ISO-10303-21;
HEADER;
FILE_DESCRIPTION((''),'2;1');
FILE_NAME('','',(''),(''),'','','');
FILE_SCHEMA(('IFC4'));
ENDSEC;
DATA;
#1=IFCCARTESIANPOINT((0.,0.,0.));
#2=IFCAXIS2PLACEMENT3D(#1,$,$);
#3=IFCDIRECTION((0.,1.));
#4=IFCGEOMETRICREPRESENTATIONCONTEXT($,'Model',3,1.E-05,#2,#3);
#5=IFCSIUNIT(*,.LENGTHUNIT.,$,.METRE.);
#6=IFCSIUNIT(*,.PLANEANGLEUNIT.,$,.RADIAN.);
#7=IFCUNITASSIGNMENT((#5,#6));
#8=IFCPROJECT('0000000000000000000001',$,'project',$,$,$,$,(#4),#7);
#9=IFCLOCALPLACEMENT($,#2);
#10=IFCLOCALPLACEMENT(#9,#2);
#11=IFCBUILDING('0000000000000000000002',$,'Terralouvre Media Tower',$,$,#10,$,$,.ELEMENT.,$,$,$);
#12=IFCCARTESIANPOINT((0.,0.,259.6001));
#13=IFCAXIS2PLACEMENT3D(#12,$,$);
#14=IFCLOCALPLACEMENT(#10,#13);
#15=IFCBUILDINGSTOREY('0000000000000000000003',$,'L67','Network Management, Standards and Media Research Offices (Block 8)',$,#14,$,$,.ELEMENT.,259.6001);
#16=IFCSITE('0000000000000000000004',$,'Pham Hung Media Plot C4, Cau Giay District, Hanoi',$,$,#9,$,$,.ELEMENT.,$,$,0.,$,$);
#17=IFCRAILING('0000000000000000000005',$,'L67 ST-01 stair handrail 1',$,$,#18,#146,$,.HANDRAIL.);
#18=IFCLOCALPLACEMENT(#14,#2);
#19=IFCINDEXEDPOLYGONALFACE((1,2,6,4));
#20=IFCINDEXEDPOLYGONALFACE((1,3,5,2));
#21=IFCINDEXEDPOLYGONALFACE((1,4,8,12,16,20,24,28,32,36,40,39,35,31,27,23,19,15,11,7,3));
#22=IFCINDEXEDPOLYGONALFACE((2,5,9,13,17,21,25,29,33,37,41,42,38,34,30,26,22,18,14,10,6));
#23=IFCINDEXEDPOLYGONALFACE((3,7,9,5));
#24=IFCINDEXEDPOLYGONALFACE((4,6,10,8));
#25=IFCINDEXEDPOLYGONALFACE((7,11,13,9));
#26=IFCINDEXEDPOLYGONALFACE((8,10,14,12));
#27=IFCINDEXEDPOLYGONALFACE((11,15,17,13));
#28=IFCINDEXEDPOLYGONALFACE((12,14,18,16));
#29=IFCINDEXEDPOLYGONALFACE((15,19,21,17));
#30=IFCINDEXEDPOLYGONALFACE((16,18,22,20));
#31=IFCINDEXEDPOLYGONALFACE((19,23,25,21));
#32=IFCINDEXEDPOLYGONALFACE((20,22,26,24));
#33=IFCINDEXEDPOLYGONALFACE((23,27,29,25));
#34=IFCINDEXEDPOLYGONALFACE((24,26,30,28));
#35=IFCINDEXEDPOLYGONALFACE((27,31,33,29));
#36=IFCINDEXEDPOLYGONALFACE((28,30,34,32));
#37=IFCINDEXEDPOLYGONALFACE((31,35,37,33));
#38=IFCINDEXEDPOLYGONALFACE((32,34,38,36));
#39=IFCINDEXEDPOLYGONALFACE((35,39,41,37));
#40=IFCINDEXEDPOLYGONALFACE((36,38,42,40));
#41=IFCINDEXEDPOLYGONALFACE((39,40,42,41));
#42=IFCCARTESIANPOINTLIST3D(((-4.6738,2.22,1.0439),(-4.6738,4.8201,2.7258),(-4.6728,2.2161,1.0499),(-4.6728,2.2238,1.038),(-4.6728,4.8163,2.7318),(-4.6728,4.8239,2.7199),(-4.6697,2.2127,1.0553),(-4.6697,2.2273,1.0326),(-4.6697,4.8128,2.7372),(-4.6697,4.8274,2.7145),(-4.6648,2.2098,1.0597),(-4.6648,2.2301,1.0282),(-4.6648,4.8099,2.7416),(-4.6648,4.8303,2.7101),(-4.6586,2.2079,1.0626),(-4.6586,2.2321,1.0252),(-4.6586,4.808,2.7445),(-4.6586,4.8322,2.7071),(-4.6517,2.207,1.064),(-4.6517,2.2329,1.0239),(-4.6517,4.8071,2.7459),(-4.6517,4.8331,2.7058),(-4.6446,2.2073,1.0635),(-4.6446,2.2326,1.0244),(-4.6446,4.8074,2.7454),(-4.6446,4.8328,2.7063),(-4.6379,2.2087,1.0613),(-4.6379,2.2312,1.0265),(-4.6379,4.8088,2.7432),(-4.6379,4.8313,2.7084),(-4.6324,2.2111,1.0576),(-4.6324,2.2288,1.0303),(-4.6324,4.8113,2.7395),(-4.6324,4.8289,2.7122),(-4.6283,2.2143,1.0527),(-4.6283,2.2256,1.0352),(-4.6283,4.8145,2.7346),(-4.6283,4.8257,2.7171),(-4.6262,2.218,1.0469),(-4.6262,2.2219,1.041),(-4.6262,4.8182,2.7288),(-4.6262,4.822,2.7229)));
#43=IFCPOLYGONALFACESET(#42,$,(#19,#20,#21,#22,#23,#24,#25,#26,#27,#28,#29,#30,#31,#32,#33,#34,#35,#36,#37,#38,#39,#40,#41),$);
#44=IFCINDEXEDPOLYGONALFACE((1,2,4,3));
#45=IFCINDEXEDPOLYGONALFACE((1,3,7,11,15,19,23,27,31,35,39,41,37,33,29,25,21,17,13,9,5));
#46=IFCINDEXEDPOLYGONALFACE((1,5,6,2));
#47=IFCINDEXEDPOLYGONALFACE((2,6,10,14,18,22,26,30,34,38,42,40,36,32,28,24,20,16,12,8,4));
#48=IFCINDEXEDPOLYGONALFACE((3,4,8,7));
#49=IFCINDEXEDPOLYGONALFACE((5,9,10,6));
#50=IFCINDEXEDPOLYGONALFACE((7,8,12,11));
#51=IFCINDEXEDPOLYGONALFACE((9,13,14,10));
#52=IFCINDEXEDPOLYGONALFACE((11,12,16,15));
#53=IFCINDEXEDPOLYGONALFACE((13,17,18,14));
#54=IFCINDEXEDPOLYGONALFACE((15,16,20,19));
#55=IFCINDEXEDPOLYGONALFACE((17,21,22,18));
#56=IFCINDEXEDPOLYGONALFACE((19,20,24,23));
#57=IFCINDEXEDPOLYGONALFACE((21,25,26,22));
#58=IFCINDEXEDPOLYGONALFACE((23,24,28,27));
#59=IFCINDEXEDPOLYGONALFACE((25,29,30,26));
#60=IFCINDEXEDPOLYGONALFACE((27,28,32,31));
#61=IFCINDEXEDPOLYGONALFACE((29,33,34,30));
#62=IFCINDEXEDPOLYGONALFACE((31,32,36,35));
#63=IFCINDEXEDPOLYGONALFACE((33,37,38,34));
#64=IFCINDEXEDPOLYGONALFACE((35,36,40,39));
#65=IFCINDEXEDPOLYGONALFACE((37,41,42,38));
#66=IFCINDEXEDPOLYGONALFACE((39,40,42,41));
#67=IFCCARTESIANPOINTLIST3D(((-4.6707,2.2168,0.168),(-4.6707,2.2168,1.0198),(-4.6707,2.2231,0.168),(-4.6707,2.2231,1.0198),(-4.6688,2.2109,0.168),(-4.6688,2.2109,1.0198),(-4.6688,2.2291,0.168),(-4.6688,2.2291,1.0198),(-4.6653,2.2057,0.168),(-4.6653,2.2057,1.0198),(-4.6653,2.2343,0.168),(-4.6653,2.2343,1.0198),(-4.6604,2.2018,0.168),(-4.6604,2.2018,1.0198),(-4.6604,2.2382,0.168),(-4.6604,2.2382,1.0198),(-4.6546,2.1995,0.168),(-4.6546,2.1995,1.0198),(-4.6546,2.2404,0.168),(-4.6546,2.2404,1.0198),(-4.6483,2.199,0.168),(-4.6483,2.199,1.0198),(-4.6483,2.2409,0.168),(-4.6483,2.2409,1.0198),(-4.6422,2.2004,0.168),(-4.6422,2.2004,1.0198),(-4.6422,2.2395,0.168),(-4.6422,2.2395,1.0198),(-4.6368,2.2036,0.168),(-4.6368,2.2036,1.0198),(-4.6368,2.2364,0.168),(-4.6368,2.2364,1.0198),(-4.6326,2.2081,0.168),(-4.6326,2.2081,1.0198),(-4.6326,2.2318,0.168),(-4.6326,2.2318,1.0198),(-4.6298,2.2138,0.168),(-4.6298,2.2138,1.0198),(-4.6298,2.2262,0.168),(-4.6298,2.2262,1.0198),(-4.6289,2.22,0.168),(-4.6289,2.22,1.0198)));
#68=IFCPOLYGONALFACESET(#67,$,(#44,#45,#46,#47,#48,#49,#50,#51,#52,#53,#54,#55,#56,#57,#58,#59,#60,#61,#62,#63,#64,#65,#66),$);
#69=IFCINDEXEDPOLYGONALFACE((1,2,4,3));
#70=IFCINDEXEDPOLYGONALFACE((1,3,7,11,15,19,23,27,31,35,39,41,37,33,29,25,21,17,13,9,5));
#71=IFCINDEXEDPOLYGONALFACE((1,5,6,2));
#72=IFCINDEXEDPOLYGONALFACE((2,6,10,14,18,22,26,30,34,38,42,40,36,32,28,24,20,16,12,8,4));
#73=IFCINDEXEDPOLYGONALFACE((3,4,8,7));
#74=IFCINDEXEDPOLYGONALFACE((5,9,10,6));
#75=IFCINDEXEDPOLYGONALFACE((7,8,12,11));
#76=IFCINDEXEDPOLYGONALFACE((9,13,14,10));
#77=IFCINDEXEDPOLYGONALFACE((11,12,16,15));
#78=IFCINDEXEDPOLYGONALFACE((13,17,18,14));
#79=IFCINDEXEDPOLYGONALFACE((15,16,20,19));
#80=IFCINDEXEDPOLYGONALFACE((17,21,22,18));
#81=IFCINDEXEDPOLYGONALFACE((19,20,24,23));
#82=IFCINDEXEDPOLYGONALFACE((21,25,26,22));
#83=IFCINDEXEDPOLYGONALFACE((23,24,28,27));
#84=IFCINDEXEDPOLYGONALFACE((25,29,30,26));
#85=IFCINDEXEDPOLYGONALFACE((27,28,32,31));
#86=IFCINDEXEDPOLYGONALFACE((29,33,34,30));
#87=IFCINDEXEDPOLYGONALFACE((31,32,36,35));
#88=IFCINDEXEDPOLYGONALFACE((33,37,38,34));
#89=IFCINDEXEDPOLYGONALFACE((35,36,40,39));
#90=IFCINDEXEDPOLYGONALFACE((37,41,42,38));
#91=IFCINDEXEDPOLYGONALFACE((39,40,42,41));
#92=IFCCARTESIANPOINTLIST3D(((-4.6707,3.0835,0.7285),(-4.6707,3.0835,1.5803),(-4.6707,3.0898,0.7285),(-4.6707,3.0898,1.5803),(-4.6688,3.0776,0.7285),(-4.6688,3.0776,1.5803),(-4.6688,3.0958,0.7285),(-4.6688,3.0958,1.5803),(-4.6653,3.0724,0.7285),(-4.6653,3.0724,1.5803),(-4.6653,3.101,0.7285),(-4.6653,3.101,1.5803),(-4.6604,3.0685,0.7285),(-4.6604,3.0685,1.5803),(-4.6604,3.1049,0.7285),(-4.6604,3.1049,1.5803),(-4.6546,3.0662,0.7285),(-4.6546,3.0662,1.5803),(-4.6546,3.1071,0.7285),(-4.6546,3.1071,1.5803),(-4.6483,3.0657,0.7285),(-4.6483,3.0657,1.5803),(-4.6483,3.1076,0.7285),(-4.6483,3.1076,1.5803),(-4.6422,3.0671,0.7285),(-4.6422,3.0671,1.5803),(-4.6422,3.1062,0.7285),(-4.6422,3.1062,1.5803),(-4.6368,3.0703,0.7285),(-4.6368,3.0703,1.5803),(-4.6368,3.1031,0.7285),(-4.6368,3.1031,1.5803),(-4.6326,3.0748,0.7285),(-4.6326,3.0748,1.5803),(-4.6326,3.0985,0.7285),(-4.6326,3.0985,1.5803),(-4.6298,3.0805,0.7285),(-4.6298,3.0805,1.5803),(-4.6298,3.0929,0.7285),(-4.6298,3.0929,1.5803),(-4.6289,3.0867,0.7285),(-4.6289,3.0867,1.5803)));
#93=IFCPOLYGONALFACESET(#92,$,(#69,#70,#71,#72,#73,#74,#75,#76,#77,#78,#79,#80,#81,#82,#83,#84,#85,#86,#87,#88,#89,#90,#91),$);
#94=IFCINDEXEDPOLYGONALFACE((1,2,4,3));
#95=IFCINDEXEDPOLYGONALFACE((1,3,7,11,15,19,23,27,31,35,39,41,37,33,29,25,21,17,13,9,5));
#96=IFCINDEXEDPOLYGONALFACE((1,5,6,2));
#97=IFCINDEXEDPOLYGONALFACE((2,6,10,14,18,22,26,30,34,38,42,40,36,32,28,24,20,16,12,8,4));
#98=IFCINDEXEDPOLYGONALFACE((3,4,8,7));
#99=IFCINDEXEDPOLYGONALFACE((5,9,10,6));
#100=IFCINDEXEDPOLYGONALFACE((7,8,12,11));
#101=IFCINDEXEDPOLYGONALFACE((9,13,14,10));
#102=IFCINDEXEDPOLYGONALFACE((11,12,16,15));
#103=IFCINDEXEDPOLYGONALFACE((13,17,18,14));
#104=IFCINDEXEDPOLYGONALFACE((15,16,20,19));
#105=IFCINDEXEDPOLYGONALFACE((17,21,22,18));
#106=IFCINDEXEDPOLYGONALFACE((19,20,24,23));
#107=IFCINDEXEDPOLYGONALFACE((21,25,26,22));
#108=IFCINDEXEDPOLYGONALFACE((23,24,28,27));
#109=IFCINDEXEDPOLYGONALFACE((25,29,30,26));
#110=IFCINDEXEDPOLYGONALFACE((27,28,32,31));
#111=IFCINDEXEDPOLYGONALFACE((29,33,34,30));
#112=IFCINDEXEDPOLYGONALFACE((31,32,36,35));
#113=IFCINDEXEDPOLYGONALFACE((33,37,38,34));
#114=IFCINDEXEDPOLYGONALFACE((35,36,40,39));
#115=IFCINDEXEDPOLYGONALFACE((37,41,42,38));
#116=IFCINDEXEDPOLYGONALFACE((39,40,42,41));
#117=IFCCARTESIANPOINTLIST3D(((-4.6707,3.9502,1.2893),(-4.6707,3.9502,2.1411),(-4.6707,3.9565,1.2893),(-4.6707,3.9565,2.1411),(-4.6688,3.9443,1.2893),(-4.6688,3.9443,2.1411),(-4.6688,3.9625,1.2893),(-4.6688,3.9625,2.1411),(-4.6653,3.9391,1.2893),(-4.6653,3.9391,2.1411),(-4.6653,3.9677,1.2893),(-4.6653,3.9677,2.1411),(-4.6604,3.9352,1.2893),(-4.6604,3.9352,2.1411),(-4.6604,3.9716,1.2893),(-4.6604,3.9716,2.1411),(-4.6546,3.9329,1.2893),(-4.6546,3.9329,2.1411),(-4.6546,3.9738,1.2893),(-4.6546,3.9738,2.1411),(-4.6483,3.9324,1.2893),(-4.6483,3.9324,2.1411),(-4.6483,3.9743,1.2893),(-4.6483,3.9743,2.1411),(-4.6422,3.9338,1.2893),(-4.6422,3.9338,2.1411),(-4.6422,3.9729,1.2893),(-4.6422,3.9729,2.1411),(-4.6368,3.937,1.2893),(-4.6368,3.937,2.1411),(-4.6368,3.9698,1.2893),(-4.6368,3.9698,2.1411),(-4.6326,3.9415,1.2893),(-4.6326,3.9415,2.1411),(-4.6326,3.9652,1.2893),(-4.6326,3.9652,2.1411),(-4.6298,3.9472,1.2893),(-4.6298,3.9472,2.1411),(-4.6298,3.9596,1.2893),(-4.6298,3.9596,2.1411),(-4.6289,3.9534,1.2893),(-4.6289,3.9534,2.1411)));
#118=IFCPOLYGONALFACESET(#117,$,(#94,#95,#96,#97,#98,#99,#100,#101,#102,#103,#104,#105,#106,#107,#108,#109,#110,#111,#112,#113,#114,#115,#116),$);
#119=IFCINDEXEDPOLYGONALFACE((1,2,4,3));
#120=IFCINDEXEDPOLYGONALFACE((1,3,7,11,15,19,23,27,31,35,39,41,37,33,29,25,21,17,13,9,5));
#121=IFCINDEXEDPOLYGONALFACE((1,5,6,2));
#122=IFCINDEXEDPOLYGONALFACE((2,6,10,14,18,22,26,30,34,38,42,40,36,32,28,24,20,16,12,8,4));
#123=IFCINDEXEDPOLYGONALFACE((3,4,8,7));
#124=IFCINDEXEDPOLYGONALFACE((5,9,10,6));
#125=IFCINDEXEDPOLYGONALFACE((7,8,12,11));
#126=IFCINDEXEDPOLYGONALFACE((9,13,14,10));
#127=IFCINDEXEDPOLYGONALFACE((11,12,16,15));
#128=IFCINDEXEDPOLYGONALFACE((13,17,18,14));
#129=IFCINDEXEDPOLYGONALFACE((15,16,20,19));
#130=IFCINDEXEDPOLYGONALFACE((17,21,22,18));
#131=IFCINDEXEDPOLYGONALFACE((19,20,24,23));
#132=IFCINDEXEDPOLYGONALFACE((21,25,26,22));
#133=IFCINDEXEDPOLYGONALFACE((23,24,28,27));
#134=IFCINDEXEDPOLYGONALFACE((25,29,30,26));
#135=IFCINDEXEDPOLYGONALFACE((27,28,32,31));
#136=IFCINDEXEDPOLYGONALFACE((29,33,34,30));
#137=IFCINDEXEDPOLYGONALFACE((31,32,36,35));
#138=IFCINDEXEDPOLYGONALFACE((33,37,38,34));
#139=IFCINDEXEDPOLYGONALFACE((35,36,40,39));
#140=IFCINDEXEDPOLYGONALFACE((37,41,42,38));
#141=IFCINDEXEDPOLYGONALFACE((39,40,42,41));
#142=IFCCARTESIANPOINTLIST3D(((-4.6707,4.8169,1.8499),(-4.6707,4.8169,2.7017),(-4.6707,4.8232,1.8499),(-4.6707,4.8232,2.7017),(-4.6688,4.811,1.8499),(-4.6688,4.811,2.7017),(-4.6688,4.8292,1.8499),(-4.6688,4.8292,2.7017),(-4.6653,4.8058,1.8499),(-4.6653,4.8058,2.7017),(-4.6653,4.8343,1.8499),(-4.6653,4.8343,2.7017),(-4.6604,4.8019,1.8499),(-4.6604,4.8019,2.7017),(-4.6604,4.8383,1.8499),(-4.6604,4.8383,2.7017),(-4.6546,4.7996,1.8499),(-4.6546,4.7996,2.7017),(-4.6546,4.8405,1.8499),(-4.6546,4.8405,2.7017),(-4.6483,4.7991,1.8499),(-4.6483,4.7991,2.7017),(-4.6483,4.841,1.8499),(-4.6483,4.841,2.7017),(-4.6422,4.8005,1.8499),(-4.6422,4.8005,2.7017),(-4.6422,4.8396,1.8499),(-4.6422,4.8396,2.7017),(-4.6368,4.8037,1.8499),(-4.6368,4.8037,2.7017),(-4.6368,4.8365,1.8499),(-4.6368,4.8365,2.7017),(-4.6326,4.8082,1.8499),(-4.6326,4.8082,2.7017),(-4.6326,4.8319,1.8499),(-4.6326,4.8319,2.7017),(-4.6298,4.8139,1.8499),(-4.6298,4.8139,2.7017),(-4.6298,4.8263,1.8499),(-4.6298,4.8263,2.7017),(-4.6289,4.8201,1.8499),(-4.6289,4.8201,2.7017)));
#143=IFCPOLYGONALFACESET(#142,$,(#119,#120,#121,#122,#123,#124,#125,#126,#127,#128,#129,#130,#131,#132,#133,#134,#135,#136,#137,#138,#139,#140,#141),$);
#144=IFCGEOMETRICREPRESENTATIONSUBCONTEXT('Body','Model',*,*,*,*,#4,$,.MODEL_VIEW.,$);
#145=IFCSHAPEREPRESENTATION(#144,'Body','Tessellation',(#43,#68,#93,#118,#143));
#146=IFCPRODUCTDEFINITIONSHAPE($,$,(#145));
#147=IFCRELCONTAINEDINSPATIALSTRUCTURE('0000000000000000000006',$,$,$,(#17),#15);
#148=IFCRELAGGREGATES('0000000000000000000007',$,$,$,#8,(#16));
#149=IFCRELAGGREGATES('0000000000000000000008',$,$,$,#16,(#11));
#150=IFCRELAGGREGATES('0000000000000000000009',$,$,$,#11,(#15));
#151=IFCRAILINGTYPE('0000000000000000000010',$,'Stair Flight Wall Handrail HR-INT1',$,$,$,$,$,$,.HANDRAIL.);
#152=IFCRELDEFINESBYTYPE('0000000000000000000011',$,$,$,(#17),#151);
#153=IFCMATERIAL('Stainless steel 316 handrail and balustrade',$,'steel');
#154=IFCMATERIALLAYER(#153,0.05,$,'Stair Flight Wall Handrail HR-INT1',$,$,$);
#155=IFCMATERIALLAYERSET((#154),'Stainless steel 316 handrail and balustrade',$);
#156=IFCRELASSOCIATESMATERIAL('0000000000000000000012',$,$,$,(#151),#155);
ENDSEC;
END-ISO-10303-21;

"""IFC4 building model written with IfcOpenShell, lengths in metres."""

from ifc_helpers import new_model, si_unit, direction, frame, origin, origin_2d, place, context, subcontext, project, spatial, circle, extrude, material, layer, layer_set, type_object, element, save


model = new_model("IFC4")

# Units and contexts
model_context = context("Model", 3, precision=1e-05, world=origin(), true_north=direction((0.0, 1.0)))
body_context = subcontext(model_context, "Body", "Model", "MODEL_VIEW")
ifc_project = project(units=[si_unit("LENGTHUNIT", "METRE"), si_unit("PLANEANGLEUNIT", "RADIAN")], contexts=[model_context])

# Site, building, storey
site_placement = place(None, origin())
site = spatial("IfcSite", under=ifc_project, at=site_placement, Name="Pham Hung Media Plot C4, Cau Giay District, Hanoi", CompositionType="ELEMENT", RefElevation=0.0)
building_placement = place(site_placement, origin())
building = spatial("IfcBuilding", under=site, at=building_placement, Name="Terralouvre Media Tower", CompositionType="ELEMENT")
storey_placement = place(building_placement, frame((0.0, 0.0, 259.6001)))
storey = spatial("IfcBuildingStorey", under=building, at=storey_placement, Name="L67", Description="Network Management, Standards and Media Research Offices (Block 8)", CompositionType="ELEMENT", Elevation=259.6001)

# Railing
ifc_material_1 = material(Name="Stainless steel 316 handrail and balustrade", Category="steel")
ifc_layer_1 = layer(ifc_material_1, 0.05, Name="Stair Flight Wall Handrail HR-INT1")
ifc_layer_set_1 = layer_set([ifc_layer_1], Name="Stainless steel 316 handrail and balustrade")
railing_type_1 = type_object("IfcRailingType", Name="Stair Flight Wall Handrail HR-INT1", PredefinedType="HANDRAIL", material=ifc_layer_set_1)
railing_1_placement = place(storey_placement, frame((-4.6499, 2.22, 0.168)))
element("IfcRailing", 1, at=railing_1_placement, inside=storey, type_object=railing_type_1, Name="L67 ST-01 stair handrail 1", PredefinedType="HANDRAIL", context=body_context, shape_type="SweptSolid", body=[
    extrude(circle(Radius=0.0239, at=origin_2d()), frame((0.0, 0.0, 0.876), z_axis=(0.0, 0.839648, 0.54313), x_axis=(-1.0, 0.0, 0.0)), (0.0, 0.0, 1.0), 3.0967),
    extrude(circle(Radius=0.021, at=origin_2d()), origin(), (0.0, 0.0, 1.0), 0.8518),
    extrude(circle(Radius=0.021, at=origin_2d()), frame((0.0, 0.8667, 0.5605)), (0.0, 0.0, 1.0), 0.8518),
    extrude(circle(Radius=0.021, at=origin_2d()), frame((0.0, 1.7334, 1.1213)), (0.0, 0.0, 1.0), 0.8518),
    extrude(circle(Radius=0.021, at=origin_2d()), frame((0.0, 2.6001, 1.6819)), (0.0, 0.0, 1.0), 0.8518),
])

save(model, "model.ifc")
